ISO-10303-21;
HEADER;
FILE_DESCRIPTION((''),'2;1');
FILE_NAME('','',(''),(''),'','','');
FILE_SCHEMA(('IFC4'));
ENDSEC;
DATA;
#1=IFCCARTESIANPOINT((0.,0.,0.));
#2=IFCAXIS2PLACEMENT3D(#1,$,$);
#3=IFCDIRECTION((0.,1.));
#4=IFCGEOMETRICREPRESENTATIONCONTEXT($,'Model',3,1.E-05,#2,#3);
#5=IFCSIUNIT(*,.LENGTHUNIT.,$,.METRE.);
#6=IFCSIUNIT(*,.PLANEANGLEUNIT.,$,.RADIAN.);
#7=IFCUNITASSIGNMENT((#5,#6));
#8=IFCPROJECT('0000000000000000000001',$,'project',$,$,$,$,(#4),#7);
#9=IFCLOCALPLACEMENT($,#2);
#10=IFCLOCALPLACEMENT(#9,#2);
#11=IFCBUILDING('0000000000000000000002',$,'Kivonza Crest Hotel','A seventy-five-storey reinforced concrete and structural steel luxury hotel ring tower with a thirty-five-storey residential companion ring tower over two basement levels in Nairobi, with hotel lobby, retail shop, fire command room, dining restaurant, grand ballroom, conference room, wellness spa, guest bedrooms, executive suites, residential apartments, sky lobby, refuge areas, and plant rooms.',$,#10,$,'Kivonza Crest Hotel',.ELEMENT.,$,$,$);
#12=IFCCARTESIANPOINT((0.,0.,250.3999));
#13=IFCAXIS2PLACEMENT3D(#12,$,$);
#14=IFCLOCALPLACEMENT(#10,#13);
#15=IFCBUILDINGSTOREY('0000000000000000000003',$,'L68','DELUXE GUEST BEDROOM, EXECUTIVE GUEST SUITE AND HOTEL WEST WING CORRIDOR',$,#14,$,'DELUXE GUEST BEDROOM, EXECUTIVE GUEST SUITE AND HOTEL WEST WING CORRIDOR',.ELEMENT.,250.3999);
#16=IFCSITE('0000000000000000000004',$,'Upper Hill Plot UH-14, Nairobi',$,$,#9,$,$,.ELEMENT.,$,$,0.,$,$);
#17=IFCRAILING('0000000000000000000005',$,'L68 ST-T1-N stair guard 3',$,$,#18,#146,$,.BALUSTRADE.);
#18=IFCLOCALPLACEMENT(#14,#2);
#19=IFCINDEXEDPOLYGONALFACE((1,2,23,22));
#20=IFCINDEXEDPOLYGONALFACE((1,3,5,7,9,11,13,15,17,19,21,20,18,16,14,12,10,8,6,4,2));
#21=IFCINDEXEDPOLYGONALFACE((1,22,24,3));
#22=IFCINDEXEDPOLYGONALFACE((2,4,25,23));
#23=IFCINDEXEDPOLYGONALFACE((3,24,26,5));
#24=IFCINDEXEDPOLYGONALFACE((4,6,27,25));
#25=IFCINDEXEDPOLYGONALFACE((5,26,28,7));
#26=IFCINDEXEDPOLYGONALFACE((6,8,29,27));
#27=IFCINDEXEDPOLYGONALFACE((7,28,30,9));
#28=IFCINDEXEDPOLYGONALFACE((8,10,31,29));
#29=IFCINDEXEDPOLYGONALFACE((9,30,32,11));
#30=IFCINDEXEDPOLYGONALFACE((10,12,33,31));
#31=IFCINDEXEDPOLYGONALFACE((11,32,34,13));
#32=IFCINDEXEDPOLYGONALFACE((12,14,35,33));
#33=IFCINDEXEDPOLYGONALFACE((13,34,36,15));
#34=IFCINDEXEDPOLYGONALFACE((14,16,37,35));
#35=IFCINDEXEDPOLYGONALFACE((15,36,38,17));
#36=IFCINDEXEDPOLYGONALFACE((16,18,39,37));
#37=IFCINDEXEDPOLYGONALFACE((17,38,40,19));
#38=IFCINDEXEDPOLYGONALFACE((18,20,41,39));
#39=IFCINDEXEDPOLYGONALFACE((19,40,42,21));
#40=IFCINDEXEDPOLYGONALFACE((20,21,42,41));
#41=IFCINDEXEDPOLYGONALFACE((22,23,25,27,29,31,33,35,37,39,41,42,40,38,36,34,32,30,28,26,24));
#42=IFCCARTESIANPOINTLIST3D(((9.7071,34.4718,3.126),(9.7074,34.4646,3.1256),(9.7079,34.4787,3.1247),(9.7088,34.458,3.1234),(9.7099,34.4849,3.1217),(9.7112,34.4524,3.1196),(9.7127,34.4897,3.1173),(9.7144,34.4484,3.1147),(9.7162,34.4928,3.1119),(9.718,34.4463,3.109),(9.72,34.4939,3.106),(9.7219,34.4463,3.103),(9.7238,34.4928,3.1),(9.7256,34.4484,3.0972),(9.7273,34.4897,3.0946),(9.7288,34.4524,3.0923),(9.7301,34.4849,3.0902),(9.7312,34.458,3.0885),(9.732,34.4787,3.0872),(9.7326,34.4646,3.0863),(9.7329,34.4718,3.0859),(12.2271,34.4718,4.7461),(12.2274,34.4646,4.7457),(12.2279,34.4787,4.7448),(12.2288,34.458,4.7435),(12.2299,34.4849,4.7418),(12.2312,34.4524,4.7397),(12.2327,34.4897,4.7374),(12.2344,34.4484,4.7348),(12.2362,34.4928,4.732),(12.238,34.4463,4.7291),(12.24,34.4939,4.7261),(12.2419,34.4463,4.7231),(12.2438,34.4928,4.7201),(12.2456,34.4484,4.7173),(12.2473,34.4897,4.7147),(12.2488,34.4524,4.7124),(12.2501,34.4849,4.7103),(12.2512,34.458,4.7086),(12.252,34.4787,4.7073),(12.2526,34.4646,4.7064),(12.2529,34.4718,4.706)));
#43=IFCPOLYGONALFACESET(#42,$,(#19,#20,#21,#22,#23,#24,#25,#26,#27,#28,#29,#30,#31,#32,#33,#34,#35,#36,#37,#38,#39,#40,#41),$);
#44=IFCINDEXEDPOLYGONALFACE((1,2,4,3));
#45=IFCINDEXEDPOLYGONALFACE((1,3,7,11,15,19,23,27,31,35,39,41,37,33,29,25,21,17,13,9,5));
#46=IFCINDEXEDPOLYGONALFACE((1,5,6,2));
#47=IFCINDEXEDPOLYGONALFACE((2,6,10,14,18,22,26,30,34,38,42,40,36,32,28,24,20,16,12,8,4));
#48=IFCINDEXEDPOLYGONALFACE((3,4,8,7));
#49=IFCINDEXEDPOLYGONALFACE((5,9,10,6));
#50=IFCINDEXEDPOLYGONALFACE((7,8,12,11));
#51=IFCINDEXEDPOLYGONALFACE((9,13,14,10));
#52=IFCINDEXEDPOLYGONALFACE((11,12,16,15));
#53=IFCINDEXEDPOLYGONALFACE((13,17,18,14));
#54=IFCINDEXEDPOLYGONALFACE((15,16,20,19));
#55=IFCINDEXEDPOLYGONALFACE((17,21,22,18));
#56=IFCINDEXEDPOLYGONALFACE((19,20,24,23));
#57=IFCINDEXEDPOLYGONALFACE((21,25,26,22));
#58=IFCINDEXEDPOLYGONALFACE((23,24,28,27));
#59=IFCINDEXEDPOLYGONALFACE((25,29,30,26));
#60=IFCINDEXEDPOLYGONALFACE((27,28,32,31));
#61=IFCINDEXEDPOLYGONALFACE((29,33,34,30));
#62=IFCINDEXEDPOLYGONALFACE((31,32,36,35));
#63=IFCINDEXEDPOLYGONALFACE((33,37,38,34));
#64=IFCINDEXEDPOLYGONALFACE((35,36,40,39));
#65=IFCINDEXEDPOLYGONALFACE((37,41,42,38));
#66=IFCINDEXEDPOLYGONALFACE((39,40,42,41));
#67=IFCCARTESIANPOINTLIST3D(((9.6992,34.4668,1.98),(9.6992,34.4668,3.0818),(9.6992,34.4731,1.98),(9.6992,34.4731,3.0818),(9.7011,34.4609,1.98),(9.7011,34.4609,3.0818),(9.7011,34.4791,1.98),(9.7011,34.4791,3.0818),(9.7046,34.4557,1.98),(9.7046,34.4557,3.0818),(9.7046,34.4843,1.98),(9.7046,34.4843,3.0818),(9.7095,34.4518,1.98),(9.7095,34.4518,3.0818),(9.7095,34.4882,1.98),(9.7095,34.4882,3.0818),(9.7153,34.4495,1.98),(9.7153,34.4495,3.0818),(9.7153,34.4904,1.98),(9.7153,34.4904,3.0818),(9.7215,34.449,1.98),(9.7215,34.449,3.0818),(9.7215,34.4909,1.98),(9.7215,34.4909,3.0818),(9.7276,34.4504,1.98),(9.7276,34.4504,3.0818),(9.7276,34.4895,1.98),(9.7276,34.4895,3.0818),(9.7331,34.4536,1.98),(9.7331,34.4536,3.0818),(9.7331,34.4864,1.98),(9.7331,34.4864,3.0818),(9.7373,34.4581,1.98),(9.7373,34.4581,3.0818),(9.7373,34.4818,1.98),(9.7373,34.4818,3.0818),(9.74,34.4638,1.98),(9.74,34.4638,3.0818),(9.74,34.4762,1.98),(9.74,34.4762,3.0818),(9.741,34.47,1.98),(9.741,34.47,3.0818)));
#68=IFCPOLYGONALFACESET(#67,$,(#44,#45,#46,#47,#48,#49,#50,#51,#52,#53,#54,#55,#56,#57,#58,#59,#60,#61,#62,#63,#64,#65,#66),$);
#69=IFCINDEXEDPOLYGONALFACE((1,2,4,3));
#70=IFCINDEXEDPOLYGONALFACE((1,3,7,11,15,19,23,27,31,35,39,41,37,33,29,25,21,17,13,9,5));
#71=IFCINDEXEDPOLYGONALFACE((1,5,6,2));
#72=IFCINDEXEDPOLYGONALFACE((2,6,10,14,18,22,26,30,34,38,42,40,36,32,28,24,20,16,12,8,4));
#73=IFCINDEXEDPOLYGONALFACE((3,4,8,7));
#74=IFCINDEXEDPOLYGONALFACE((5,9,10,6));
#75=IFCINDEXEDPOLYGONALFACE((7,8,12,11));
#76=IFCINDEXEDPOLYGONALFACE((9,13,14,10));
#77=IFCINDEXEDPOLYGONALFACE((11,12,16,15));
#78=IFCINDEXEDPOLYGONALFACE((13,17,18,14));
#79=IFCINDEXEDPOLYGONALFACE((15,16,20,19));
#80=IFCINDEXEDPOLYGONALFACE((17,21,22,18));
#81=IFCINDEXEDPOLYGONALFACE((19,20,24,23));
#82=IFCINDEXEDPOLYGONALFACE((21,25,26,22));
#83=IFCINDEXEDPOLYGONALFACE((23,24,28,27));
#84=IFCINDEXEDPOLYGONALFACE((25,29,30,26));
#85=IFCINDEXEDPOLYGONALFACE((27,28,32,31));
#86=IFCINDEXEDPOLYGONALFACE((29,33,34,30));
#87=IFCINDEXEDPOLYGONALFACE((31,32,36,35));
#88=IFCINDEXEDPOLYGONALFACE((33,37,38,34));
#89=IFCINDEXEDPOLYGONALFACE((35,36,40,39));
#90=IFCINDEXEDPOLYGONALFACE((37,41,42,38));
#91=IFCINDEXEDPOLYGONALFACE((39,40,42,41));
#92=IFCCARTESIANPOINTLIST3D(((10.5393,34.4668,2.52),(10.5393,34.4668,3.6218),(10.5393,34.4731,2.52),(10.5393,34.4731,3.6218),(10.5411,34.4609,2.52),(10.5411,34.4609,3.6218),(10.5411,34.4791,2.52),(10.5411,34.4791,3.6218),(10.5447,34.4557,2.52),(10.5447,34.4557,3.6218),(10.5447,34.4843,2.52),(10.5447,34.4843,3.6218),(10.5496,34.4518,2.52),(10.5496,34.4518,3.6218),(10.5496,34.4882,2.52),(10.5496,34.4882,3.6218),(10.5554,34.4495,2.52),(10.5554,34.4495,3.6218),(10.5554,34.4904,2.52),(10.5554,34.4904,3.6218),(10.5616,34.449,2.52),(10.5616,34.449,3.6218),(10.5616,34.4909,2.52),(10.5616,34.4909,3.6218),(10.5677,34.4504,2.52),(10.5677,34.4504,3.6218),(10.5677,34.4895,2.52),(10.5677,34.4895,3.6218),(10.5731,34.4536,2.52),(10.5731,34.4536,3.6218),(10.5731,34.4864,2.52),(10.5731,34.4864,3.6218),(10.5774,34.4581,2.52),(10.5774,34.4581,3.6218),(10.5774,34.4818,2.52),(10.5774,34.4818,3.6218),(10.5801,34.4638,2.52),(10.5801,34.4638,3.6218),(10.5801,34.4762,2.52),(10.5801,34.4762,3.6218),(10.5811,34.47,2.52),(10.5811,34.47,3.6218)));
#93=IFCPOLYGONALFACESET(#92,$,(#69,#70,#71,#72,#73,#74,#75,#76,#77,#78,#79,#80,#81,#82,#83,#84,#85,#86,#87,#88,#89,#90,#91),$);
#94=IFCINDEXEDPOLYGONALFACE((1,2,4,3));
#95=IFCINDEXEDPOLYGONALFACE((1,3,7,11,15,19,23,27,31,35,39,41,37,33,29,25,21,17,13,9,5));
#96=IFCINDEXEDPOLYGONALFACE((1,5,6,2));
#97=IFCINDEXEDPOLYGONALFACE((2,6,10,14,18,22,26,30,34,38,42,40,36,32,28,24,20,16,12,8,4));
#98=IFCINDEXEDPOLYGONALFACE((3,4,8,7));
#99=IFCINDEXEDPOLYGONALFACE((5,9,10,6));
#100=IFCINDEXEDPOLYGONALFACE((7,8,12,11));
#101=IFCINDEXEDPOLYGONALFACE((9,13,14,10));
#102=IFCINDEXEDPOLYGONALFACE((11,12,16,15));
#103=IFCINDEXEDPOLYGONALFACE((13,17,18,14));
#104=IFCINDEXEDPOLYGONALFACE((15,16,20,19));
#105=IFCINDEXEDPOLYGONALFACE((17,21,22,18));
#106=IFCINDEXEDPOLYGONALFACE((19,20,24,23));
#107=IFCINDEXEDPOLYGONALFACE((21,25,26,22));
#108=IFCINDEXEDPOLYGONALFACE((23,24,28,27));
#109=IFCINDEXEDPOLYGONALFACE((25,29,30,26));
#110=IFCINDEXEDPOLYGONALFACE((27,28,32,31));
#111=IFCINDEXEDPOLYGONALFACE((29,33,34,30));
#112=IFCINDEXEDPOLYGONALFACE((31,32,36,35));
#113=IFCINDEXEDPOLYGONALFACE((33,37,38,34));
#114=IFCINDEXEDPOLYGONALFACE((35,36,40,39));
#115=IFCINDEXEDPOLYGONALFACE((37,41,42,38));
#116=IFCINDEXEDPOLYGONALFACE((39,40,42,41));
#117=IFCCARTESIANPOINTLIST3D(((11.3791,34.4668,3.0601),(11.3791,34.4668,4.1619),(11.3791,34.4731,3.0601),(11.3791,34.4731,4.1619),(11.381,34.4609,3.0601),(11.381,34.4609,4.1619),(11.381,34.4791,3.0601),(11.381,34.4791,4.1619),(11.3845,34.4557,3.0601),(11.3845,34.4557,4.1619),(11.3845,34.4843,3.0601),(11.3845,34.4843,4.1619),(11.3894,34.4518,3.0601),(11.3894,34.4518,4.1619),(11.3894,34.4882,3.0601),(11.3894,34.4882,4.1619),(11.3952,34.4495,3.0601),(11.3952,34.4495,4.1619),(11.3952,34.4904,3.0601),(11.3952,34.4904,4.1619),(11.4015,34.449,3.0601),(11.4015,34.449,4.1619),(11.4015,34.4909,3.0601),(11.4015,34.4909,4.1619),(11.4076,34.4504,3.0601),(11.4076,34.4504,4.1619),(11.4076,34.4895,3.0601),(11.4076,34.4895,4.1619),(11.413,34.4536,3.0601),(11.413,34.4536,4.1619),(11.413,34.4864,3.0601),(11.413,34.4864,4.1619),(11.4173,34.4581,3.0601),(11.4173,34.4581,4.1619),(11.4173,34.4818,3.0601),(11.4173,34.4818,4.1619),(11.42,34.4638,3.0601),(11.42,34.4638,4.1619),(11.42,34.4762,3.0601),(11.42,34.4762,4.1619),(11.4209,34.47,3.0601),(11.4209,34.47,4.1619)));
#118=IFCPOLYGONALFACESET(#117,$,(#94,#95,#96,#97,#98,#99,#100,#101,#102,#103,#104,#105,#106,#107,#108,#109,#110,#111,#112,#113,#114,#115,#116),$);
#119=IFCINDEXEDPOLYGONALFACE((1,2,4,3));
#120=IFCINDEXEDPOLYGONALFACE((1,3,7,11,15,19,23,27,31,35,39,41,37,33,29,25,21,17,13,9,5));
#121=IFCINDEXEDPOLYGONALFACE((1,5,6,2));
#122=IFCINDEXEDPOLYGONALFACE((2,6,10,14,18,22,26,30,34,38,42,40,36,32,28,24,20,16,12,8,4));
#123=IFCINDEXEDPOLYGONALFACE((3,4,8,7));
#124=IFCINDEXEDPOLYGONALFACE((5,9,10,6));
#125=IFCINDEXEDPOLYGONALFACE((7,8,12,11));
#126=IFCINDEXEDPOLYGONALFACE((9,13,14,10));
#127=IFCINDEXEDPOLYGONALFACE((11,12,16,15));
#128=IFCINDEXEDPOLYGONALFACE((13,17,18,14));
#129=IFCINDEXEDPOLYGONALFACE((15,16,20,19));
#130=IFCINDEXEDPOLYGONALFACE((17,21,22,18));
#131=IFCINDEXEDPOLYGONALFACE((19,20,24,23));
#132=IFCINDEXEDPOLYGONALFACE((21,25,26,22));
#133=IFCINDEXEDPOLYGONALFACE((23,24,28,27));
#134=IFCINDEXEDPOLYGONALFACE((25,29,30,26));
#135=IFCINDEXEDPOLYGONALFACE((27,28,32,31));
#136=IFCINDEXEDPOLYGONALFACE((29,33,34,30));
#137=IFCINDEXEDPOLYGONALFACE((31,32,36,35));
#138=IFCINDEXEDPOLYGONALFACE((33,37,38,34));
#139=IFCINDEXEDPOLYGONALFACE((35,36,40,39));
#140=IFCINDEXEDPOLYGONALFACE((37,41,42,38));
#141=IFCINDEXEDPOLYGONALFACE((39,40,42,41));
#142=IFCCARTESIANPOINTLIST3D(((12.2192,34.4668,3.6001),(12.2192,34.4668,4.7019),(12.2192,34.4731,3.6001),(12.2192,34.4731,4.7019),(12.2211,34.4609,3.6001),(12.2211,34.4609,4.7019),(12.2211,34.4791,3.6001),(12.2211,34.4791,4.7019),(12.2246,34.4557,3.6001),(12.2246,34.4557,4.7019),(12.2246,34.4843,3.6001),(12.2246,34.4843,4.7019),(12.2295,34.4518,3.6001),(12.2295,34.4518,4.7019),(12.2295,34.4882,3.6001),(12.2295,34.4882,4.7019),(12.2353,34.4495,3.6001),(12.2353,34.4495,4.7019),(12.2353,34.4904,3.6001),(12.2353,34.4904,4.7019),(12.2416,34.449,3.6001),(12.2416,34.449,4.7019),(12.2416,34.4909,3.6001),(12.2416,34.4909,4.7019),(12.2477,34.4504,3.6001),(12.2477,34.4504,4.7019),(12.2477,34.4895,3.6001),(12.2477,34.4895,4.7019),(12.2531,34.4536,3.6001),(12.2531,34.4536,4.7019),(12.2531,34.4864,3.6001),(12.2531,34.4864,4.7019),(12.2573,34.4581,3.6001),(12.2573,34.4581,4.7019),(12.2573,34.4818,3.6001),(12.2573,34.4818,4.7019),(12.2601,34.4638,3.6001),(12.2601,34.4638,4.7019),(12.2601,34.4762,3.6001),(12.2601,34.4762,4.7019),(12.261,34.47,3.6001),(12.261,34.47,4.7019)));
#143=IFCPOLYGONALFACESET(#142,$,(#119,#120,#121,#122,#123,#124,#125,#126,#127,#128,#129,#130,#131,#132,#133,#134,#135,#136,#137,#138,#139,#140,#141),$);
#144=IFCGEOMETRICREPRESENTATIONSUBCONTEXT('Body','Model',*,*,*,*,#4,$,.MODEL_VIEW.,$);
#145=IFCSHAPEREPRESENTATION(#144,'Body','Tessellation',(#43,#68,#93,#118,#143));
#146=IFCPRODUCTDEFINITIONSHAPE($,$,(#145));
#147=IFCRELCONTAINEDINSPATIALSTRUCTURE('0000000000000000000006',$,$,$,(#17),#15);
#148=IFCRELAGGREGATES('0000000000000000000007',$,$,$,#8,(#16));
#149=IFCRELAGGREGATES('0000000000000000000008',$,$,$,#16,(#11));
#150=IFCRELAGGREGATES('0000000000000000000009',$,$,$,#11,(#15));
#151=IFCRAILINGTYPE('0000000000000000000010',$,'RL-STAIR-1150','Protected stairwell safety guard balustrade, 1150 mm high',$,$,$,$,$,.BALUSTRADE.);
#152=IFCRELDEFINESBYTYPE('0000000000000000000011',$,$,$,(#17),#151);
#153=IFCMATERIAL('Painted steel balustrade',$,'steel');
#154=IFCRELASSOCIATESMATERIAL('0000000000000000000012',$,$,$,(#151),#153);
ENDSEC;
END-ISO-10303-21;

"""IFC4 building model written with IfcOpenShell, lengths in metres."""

from ifc_helpers import new_model, si_unit, direction, frame, origin, origin_2d, place, context, subcontext, project, spatial, circle, extrude, material, type_object, element, save


model = new_model("IFC4")

# Units and contexts
model_context = context("Model", 3, precision=1e-05, world=origin(), true_north=direction((0.0, 1.0)))
body_context = subcontext(model_context, "Body", "Model", "MODEL_VIEW")
ifc_project = project(units=[si_unit("LENGTHUNIT", "METRE"), si_unit("PLANEANGLEUNIT", "RADIAN")], contexts=[model_context])

# Site, building, storey
site_placement = place(None, origin())
site = spatial("IfcSite", under=ifc_project, at=site_placement, Name="Upper Hill Plot UH-14, Nairobi", CompositionType="ELEMENT", RefElevation=0.0)
building_placement = place(site_placement, origin())
building = spatial("IfcBuilding", under=site, at=building_placement, Name="Kivonza Crest Hotel", Description="A seventy-five-storey reinforced concrete and structural steel luxury hotel ring tower with a thirty-five-storey residential companion ring tower over two basement levels in Nairobi, with hotel lobby, retail shop, fire command room, dining restaurant, grand ballroom, conference room, wellness spa, guest bedrooms, executive suites, residential apartments, sky lobby, refuge areas, and plant rooms.", LongName="Kivonza Crest Hotel", CompositionType="ELEMENT")
storey_placement = place(building_placement, frame((0.0, 0.0, 250.3999)))
storey = spatial("IfcBuildingStorey", under=building, at=storey_placement, Name="L68", Description="DELUXE GUEST BEDROOM, EXECUTIVE GUEST SUITE AND HOTEL WEST WING CORRIDOR", LongName="DELUXE GUEST BEDROOM, EXECUTIVE GUEST SUITE AND HOTEL WEST WING CORRIDOR", CompositionType="ELEMENT", Elevation=250.3999)

# Railing
ifc_material_1 = material(Name="Painted steel balustrade", Category="steel")
railing_type_1 = type_object("IfcRailingType", Name="RL-STAIR-1150", Description="Protected stairwell safety guard balustrade, 1150 mm high", PredefinedType="BALUSTRADE", material=ifc_material_1)
railing_1_placement = place(storey_placement, frame((9.72, 34.47, 1.98)))
element("IfcRailing", 1, at=railing_1_placement, inside=storey, type_object=railing_type_1, Name="L68 ST-T1-N stair guard 3", PredefinedType="BALUSTRADE", context=body_context, shape_type="SweptSolid", body=[
    extrude(circle(Radius=0.0239, at=origin_2d()), frame((0.0, 0.0, 1.126), z_axis=(0.841163, 0.0, 0.540782), x_axis=(0.0, 1.0, 0.0)), (0.0, 0.0, 1.0), 2.9958),
    extrude(circle(Radius=0.021, at=origin_2d()), origin(), (0.0, 0.0, 1.0), 1.1018),
    extrude(circle(Radius=0.021, at=origin_2d()), frame((0.8401, 0.0, 0.54)), (0.0, 0.0, 1.0), 1.1018),
    extrude(circle(Radius=0.021, at=origin_2d()), frame((1.6799, 0.0, 1.0801)), (0.0, 0.0, 1.0), 1.1018),
    extrude(circle(Radius=0.021, at=origin_2d()), frame((2.52, 0.0, 1.6201)), (0.0, 0.0, 1.0), 1.1018),
])

save(model, "model.ifc")
